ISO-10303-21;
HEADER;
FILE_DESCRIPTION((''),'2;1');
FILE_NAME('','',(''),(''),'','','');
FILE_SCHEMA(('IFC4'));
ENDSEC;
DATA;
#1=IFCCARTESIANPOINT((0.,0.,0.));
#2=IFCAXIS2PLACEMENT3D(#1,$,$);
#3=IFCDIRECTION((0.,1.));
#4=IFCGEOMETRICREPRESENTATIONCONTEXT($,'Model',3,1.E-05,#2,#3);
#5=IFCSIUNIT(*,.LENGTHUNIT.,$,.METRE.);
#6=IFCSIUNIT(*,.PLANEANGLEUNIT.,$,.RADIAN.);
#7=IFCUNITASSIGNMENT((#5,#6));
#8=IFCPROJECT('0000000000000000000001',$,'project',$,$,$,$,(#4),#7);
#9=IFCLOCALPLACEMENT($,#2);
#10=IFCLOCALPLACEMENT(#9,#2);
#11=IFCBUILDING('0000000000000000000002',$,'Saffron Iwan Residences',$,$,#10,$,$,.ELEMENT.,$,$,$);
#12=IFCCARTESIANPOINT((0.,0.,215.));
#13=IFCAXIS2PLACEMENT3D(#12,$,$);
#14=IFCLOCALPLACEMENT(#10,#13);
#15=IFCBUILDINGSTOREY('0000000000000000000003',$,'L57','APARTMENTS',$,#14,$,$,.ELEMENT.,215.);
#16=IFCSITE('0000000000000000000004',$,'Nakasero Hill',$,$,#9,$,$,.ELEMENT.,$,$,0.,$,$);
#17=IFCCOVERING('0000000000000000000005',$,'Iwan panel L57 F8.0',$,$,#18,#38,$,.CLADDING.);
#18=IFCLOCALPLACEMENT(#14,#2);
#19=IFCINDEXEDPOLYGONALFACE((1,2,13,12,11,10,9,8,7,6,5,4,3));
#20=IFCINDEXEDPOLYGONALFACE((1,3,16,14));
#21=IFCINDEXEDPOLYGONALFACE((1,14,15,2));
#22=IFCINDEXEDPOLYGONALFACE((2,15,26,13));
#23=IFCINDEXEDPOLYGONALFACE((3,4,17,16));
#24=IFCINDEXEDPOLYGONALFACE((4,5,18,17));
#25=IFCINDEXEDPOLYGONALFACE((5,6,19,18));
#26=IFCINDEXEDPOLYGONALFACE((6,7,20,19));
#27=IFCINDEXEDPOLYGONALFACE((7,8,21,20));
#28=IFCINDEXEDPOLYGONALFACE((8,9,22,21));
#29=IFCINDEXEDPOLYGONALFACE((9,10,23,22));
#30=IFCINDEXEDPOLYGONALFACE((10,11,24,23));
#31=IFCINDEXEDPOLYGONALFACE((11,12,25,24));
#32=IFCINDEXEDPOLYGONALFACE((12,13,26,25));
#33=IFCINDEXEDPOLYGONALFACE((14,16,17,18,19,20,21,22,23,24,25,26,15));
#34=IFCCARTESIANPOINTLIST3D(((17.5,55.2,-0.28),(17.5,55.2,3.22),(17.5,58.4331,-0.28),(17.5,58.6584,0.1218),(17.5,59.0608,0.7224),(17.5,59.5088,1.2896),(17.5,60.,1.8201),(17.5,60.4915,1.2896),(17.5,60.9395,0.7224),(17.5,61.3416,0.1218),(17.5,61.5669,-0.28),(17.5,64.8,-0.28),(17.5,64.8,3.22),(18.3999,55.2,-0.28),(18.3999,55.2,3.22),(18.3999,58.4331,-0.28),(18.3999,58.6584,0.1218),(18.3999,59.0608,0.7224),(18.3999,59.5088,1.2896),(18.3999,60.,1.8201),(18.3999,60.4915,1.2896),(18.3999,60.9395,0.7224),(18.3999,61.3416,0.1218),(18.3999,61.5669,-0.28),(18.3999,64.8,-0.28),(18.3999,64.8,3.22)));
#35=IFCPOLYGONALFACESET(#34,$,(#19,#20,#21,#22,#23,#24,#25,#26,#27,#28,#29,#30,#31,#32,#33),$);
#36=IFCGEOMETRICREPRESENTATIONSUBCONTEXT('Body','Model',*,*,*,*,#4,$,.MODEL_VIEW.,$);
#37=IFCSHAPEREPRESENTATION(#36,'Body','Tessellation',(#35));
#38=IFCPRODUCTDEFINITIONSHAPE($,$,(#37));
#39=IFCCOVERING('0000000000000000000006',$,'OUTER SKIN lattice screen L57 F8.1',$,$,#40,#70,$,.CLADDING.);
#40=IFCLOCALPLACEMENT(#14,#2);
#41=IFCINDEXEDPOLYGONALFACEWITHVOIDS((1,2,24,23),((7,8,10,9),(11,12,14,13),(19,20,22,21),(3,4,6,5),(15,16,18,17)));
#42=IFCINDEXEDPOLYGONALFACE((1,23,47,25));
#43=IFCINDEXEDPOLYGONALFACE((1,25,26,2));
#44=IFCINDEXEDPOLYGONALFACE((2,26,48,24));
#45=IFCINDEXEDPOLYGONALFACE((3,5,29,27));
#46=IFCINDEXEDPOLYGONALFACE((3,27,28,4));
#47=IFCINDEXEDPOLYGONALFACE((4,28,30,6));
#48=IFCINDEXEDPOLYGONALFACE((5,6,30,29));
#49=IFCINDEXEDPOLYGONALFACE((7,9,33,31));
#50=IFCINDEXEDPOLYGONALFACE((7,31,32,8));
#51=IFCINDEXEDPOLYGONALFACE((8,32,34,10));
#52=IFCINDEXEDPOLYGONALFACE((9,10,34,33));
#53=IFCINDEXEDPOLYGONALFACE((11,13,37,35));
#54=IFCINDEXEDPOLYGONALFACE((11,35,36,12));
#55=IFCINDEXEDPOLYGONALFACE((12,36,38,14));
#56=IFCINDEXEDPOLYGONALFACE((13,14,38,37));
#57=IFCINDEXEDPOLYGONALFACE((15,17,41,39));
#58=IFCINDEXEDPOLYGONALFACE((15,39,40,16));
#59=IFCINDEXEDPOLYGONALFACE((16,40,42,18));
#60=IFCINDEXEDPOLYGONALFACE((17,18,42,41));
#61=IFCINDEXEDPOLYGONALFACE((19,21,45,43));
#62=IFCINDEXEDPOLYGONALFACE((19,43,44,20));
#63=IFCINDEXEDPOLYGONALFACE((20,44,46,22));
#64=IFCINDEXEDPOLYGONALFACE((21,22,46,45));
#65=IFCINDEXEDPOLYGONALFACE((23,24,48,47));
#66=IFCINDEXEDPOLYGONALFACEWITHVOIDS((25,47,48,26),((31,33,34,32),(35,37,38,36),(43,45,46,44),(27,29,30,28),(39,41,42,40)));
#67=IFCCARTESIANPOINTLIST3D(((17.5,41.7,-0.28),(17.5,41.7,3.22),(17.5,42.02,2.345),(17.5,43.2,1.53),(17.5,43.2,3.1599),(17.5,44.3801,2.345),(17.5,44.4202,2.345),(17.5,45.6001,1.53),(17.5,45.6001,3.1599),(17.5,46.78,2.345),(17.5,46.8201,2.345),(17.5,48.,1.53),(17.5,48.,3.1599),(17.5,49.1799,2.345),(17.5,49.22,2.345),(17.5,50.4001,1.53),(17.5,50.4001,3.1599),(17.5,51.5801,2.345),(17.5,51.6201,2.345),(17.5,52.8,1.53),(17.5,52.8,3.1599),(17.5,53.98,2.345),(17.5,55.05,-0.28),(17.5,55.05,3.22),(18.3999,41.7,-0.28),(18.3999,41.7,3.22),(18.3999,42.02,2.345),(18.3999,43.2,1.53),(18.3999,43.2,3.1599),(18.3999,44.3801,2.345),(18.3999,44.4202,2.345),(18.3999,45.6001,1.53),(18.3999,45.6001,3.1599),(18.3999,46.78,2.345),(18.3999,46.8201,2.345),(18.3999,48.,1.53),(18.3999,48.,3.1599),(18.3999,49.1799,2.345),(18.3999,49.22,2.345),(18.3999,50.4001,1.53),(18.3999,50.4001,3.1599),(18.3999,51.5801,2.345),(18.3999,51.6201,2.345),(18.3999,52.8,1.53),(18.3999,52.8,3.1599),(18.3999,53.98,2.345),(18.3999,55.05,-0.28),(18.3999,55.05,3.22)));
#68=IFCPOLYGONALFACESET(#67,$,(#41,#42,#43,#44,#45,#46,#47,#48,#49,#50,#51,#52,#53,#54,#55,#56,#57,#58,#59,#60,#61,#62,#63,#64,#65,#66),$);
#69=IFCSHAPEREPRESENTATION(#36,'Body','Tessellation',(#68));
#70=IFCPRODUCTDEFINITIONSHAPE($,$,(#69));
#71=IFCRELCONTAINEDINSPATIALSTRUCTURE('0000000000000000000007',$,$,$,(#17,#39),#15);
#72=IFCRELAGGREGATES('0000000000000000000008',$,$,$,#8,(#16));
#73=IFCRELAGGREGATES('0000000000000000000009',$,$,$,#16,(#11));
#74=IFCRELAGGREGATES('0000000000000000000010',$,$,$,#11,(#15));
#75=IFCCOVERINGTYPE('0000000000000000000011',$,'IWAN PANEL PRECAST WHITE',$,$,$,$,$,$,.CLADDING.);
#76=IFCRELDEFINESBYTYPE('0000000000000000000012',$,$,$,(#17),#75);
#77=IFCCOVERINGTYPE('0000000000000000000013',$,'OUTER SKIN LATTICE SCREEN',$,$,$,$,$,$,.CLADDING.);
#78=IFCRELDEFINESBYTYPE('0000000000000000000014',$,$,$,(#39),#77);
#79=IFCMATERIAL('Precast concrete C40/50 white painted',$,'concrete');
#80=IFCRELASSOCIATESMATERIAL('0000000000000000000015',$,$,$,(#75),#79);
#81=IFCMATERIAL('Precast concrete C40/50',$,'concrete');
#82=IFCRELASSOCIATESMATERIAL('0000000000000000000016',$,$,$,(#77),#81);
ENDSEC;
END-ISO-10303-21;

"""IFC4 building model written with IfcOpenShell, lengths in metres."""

from ifc_helpers import new_model, si_unit, direction, frame, origin, place, context, subcontext, project, spatial, polyline, outline, extrude, material, type_object, element, save


model = new_model("IFC4")

# Units and contexts
model_context = context("Model", 3, precision=1e-05, world=origin(), true_north=direction((0.0, 1.0)))
body_context = subcontext(model_context, "Body", "Model", "MODEL_VIEW")
ifc_project = project(units=[si_unit("LENGTHUNIT", "METRE"), si_unit("PLANEANGLEUNIT", "RADIAN")], contexts=[model_context])

# Site, building, storey
site_placement = place(None, origin())
site = spatial("IfcSite", under=ifc_project, at=site_placement, Name="Nakasero Hill", CompositionType="ELEMENT", RefElevation=0.0)
building_placement = place(site_placement, origin())
building = spatial("IfcBuilding", under=site, at=building_placement, Name="Saffron Iwan Residences", CompositionType="ELEMENT")
storey_placement = place(building_placement, frame((0.0, 0.0, 215.0)))
storey = spatial("IfcBuildingStorey", under=building, at=storey_placement, Name="L57", Description="APARTMENTS", CompositionType="ELEMENT", Elevation=215.0)

# Coverings
ifc_material_1 = material(Name="Precast concrete C40/50 white painted", Category="concrete")
covering_type_1 = type_object("IfcCoveringType", Name="IWAN PANEL PRECAST WHITE", PredefinedType="CLADDING", material=ifc_material_1)
covering_1_placement = place(storey_placement, frame((18.3999, 64.8, -0.28), z_axis=(-1.0, 0.0, 0.0), x_axis=(0.0, -1.0, 0.0)))
element("IfcCovering", 1, at=covering_1_placement, inside=storey, type_object=covering_type_1, Name="Iwan panel L57 F8.0", PredefinedType="CLADDING", context=body_context, shape_type="SweptSolid", body=[
    extrude(outline(polyline([(0.0, 0.0), (0.0, 3.5), (9.6001, 3.5), (9.6001, 0.0), (6.3669, 0.0), (6.1416, 0.4019), (5.7393, 1.0024), (5.2913, 1.5696), (4.8, 2.1001), (4.3086, 1.5696), (3.8606, 1.0024), (3.4585, 0.4019), (3.2332, 0.0), (0.0, 0.0)])), origin(), (0.0, 0.0, 1.0), 0.8999),
])
ifc_material_2 = material(Name="Precast concrete C40/50", Category="concrete")
covering_type_2 = type_object("IfcCoveringType", Name="OUTER SKIN LATTICE SCREEN", PredefinedType="CLADDING", material=ifc_material_2)
covering_2_placement = place(storey_placement, frame((18.3999, 55.05, -0.28), z_axis=(-1.0, 0.0, 0.0), x_axis=(0.0, -1.0, 0.0)))
element("IfcCovering", 2, at=covering_2_placement, inside=storey, type_object=covering_type_2, Name="OUTER SKIN lattice screen L57 F8.1", PredefinedType="CLADDING", context=body_context, shape_type="SweptSolid", body=[
    extrude(outline(polyline([(0.0, 0.0), (13.3501, 0.0), (13.3501, 3.5), (0.0, 3.5), (0.0, 0.0)]), holes=[polyline([(1.0701, 2.625), (2.25, 1.8101), (3.4299, 2.625), (2.25, 3.4399), (1.0701, 2.625)]), polyline([(3.47, 2.625), (4.6499, 1.8101), (5.8301, 2.625), (4.6499, 3.4399), (3.47, 2.625)]), polyline([(5.8701, 2.625), (7.05, 1.8101), (8.23, 2.625), (7.05, 3.4399), (5.8701, 2.625)]), polyline([(8.27, 2.625), (9.45, 1.8101), (10.6299, 2.625), (9.45, 3.4399), (8.27, 2.625)]), polyline([(10.6699, 2.625), (11.8501, 1.8101), (13.03, 2.625), (11.8501, 3.4399), (10.6699, 2.625)])]), origin(), (0.0, 0.0, 1.0), 0.8999),
])

save(model, "model.ifc")
